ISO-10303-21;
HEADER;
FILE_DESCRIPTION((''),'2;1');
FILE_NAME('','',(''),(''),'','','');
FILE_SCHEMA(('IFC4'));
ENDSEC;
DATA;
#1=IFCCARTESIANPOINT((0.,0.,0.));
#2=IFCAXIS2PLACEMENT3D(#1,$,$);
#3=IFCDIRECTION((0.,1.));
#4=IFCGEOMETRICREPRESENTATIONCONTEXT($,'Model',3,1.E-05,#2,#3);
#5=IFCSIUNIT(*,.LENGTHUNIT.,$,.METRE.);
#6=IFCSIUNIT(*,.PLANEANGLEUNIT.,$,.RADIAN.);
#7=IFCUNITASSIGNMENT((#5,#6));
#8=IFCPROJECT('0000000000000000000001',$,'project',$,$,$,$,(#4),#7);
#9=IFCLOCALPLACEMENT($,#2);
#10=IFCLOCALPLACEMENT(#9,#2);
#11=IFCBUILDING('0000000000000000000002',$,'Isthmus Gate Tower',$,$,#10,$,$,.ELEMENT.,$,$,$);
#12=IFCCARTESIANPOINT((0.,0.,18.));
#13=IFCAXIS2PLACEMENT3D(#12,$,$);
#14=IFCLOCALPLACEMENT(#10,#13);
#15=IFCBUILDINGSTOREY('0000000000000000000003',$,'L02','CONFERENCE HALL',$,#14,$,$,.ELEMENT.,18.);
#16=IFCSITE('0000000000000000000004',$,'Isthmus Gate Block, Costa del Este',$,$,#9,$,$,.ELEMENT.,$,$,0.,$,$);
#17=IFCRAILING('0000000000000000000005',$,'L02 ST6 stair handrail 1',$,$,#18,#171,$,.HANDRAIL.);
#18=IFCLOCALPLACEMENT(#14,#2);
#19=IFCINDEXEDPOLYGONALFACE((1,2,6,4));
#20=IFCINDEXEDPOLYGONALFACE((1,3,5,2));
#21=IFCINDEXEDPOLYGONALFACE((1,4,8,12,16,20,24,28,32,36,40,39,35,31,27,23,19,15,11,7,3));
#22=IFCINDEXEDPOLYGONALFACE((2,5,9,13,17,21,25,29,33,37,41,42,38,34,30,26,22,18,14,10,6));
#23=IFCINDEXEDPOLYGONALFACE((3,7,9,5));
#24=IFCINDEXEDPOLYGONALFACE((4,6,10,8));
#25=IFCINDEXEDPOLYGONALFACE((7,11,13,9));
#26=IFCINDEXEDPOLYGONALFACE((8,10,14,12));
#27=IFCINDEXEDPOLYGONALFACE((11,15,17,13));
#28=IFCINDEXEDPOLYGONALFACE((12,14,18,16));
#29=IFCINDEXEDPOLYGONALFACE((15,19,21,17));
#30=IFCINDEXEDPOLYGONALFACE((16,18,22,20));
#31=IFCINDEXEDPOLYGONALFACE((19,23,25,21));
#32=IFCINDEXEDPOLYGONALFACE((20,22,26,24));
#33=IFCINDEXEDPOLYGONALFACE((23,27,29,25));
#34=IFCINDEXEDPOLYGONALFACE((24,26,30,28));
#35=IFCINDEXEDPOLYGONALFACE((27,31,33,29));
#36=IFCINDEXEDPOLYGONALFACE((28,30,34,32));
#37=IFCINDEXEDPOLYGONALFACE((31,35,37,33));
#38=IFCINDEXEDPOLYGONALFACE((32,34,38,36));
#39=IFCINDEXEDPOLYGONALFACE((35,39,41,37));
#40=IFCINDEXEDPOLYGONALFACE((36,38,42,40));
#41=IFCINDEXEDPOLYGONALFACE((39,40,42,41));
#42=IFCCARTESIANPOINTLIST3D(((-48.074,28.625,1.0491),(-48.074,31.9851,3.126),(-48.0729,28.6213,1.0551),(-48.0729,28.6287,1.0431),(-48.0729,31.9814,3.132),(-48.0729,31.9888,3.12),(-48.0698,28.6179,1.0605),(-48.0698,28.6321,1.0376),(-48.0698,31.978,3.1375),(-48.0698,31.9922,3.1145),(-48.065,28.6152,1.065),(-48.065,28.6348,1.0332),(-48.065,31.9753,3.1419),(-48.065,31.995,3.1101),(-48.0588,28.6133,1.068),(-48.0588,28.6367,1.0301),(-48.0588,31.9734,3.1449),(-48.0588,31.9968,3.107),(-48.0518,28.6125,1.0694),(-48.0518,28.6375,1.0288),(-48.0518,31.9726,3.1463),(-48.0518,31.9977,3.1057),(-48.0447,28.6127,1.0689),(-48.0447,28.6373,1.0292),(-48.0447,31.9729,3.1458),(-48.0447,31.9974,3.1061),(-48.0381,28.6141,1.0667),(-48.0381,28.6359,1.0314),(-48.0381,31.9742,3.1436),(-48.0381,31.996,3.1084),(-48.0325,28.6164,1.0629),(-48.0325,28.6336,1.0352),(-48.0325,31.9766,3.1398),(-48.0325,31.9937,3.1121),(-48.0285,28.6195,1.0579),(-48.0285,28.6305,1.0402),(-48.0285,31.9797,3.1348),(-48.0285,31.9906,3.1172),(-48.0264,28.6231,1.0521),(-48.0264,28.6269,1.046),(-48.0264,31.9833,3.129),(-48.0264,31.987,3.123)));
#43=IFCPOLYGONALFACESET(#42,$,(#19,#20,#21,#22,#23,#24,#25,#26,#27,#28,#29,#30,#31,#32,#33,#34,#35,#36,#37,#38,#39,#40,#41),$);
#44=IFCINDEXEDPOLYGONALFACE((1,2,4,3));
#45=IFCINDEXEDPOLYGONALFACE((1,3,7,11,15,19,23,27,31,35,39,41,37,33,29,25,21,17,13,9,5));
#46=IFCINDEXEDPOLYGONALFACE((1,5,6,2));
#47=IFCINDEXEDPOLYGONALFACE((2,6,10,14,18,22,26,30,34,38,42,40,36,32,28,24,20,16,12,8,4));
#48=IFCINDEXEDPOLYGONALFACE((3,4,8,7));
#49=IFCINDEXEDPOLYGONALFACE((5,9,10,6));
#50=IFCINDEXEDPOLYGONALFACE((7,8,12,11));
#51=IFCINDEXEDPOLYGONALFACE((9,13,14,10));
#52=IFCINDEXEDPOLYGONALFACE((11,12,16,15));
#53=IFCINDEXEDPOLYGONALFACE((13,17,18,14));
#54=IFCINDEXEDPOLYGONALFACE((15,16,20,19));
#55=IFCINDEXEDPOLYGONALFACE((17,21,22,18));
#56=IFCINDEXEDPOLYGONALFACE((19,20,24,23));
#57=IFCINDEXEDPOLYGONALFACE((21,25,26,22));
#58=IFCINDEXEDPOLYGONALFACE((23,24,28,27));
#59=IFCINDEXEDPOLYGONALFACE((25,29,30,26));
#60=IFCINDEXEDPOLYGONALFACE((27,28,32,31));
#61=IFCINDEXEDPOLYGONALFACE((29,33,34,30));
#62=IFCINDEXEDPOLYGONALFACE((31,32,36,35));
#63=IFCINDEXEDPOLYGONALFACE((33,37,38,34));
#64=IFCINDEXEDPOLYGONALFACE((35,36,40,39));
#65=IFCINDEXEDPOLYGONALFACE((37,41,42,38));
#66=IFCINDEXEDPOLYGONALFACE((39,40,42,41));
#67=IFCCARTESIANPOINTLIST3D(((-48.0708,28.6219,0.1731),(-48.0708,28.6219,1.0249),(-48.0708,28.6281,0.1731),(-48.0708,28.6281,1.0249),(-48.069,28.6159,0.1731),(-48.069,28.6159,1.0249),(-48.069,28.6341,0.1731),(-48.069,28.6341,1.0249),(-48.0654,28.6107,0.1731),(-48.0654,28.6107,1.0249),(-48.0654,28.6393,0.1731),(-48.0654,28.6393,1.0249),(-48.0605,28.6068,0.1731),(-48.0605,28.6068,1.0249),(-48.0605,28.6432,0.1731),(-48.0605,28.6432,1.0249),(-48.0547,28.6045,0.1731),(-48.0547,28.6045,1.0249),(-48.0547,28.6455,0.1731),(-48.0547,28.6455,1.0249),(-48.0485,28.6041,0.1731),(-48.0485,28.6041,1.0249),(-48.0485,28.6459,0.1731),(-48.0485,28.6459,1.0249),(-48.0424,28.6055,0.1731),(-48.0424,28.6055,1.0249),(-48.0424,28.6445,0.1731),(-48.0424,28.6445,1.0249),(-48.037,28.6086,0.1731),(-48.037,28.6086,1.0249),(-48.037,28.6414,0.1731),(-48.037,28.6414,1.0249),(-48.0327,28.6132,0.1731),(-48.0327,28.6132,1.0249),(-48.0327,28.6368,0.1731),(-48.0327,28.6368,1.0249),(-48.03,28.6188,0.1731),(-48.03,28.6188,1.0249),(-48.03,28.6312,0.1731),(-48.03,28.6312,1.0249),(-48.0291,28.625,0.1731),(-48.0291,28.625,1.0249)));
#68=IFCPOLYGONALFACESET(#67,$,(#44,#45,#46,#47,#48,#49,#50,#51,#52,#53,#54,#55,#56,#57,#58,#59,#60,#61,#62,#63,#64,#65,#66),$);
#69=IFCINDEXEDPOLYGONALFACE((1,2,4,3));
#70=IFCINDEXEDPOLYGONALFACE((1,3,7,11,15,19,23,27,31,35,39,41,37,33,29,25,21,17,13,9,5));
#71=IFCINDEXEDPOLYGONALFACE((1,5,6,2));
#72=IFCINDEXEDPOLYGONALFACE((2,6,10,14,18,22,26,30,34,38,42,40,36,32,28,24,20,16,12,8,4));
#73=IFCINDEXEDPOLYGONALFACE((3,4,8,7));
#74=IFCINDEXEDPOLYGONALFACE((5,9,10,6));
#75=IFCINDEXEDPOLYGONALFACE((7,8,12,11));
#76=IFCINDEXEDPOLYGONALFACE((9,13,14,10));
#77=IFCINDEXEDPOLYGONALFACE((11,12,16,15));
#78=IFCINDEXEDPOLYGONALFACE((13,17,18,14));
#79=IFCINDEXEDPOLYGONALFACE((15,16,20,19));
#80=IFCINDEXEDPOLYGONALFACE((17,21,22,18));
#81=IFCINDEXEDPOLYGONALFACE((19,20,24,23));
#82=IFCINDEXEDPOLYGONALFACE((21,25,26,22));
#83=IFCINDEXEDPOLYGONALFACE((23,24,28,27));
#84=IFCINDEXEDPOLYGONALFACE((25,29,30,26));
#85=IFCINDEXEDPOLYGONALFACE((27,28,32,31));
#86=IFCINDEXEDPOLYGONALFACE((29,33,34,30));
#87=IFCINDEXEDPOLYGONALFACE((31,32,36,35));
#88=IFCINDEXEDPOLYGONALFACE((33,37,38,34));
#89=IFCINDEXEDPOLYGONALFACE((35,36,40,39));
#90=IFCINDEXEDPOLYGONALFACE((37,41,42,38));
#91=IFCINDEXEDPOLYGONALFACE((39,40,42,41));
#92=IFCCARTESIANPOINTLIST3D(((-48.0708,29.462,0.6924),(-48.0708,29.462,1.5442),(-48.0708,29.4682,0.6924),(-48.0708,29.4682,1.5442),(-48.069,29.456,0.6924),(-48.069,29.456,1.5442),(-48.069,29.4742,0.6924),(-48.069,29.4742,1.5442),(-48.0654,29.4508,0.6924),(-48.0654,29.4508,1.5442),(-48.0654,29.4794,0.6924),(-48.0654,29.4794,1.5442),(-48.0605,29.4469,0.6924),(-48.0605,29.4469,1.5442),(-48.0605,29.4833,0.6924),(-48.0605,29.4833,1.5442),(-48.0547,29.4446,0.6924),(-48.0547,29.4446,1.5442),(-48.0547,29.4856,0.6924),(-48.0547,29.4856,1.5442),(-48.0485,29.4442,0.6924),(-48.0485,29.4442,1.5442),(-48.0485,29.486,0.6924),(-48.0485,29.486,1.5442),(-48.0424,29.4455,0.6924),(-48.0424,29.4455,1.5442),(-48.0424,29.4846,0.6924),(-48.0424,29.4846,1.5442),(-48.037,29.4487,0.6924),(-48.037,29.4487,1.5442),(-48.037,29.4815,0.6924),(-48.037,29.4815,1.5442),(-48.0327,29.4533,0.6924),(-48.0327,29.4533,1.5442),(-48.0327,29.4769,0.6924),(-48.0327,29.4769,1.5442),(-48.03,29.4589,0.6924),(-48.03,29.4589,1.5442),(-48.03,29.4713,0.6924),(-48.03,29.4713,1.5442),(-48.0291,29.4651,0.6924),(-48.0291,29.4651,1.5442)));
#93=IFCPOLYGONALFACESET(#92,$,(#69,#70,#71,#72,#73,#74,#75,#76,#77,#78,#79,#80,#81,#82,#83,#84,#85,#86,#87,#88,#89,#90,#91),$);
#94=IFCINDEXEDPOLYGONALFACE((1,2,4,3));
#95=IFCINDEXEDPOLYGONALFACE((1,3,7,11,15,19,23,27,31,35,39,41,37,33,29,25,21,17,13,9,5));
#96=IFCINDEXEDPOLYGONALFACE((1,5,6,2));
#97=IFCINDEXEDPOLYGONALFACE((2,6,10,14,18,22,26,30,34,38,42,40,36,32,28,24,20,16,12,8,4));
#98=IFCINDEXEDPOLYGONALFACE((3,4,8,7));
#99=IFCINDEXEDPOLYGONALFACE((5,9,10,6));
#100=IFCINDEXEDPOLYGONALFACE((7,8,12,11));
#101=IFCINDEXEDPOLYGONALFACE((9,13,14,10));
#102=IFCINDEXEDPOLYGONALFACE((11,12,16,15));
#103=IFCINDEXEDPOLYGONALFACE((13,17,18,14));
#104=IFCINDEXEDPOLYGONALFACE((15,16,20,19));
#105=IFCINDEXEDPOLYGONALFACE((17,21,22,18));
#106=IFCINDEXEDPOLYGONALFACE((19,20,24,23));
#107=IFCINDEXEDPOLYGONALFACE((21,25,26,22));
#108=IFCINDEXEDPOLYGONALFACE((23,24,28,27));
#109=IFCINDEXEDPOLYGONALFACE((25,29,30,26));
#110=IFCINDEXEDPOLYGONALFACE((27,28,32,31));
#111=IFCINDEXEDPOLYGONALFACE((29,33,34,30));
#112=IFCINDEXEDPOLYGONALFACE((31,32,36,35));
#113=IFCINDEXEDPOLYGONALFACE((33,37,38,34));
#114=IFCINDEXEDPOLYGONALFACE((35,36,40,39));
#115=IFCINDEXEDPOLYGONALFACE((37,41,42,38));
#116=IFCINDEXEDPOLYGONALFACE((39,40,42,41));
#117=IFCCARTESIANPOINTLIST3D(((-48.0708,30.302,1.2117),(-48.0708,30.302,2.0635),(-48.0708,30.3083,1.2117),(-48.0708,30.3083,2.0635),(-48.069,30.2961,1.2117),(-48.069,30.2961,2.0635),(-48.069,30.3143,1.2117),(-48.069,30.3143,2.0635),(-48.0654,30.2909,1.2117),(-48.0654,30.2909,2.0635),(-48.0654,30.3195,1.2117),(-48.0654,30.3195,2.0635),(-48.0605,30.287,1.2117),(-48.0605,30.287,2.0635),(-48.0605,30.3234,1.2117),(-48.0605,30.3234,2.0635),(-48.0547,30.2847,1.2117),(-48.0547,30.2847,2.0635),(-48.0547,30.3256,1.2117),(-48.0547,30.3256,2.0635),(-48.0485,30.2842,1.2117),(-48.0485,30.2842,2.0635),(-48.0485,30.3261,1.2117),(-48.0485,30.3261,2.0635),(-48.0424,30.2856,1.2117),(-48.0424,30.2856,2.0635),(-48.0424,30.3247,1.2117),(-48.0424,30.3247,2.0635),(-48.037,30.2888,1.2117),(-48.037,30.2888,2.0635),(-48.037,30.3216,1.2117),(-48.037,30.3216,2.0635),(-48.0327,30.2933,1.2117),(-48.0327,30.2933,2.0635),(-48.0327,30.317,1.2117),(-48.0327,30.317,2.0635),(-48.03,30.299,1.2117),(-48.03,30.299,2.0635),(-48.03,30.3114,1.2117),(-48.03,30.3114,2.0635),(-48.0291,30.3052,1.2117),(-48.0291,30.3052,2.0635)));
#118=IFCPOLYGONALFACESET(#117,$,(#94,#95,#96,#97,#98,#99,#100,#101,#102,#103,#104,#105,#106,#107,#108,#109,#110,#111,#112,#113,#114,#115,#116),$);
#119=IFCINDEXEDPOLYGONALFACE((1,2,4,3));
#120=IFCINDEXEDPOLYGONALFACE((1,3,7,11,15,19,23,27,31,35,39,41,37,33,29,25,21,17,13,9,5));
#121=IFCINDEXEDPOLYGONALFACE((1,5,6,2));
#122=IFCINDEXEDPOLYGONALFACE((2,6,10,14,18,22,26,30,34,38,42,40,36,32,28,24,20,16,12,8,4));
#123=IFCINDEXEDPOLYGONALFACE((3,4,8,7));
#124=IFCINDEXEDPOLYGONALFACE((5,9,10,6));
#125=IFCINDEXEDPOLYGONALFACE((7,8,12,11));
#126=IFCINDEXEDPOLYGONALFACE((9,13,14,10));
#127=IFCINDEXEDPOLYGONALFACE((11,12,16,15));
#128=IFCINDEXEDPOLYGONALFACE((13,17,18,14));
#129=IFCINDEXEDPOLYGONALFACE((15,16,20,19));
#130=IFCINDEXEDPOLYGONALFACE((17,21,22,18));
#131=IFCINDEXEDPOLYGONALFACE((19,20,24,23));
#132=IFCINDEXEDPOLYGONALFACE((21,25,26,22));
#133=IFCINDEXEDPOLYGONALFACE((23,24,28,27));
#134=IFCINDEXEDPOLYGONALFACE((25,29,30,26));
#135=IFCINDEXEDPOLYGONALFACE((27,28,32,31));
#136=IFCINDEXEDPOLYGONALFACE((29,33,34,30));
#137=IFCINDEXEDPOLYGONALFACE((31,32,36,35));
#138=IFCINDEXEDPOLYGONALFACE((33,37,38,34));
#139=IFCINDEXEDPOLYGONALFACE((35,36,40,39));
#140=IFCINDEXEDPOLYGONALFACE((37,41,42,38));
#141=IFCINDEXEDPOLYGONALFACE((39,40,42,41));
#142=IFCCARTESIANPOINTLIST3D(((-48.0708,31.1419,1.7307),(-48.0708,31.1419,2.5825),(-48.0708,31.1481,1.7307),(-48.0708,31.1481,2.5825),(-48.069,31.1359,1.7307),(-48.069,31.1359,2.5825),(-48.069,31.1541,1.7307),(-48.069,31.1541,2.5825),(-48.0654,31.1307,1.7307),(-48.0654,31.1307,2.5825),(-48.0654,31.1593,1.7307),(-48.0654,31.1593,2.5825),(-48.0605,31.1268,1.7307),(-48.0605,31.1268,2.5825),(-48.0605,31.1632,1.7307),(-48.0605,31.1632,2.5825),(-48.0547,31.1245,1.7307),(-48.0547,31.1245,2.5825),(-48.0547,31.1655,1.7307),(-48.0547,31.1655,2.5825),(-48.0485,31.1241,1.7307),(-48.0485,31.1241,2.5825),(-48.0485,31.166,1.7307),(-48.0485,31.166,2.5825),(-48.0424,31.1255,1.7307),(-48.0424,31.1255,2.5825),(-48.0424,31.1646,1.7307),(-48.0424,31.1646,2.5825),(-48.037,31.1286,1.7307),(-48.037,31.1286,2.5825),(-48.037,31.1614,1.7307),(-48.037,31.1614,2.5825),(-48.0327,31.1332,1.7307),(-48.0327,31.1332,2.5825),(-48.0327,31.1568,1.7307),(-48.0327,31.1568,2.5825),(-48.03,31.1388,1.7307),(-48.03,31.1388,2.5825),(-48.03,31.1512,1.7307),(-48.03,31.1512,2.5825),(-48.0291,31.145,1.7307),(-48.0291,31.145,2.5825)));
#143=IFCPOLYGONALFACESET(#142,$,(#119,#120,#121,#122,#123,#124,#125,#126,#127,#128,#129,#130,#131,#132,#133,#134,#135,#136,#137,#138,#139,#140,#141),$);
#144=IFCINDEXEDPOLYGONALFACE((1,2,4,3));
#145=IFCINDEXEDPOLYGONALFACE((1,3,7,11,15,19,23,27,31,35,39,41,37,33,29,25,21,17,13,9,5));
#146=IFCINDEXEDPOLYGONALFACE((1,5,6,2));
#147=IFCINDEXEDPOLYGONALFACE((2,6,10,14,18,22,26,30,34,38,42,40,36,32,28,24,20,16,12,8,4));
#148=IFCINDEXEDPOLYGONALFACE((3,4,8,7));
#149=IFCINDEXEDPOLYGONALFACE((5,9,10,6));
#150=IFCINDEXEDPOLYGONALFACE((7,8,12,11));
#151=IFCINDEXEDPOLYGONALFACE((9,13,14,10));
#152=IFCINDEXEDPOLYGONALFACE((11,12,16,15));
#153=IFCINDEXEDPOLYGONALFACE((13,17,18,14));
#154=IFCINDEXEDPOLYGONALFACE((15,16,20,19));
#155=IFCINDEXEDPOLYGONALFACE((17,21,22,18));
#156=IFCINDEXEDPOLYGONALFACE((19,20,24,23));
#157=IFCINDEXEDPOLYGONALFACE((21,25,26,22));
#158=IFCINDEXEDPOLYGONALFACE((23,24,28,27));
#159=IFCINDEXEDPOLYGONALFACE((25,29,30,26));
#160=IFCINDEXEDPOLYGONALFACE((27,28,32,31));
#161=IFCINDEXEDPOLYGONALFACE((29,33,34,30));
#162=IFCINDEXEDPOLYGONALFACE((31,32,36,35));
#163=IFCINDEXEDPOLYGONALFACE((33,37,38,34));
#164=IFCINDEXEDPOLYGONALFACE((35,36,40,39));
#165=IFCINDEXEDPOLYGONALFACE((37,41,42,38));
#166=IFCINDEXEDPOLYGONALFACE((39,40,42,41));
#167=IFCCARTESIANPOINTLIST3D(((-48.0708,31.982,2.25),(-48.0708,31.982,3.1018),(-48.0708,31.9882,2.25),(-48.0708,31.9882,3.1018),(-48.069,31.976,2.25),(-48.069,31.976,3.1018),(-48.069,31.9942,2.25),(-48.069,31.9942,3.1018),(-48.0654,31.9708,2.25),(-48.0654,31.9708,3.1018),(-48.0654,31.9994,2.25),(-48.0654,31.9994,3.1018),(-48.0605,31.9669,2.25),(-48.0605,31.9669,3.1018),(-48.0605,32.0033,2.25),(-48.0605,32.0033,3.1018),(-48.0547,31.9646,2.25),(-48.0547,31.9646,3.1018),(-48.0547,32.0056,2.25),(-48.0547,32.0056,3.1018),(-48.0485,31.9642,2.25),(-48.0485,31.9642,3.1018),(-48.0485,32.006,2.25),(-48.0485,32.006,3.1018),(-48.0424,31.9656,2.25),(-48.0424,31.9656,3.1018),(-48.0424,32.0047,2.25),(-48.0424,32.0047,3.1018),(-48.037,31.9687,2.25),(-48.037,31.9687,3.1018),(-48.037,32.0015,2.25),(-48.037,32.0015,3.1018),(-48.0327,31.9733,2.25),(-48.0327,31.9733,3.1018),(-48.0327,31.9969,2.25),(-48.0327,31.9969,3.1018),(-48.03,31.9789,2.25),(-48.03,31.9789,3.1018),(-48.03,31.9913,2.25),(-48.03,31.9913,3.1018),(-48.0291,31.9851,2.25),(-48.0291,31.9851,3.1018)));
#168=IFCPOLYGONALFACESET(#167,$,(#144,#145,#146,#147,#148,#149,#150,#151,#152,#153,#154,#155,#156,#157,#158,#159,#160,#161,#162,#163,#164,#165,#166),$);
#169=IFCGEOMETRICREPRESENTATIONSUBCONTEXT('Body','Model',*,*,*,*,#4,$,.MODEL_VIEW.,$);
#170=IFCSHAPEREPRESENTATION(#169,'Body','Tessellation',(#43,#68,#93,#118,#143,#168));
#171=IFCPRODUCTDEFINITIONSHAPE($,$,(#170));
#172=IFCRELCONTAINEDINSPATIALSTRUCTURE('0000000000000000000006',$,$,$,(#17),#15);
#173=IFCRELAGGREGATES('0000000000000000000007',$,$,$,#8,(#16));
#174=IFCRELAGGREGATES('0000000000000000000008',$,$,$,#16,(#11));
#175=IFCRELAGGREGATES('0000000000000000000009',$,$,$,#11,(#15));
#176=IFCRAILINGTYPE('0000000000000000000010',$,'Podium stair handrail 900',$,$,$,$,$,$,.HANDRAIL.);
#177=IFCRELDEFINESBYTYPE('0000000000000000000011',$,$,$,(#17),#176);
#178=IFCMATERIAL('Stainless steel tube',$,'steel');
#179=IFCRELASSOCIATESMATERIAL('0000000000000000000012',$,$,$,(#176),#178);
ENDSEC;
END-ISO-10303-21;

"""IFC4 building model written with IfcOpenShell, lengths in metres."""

from ifc_helpers import new_model, si_unit, direction, frame, origin, origin_2d, place, context, subcontext, project, spatial, circle, extrude, material, type_object, element, save


model = new_model("IFC4")

# Units and contexts
model_context = context("Model", 3, precision=1e-05, world=origin(), true_north=direction((0.0, 1.0)))
body_context = subcontext(model_context, "Body", "Model", "MODEL_VIEW")
ifc_project = project(units=[si_unit("LENGTHUNIT", "METRE"), si_unit("PLANEANGLEUNIT", "RADIAN")], contexts=[model_context])

# Site, building, storey
site_placement = place(None, origin())
site = spatial("IfcSite", under=ifc_project, at=site_placement, Name="Isthmus Gate Block, Costa del Este", CompositionType="ELEMENT", RefElevation=0.0)
building_placement = place(site_placement, origin())
building = spatial("IfcBuilding", under=site, at=building_placement, Name="Isthmus Gate Tower", CompositionType="ELEMENT")
storey_placement = place(building_placement, frame((0.0, 0.0, 18.0)))
storey = spatial("IfcBuildingStorey", under=building, at=storey_placement, Name="L02", Description="CONFERENCE HALL", CompositionType="ELEMENT", Elevation=18.0)

# Railing
ifc_material_1 = material(Name="Stainless steel tube", Category="steel")
railing_type_1 = type_object("IfcRailingType", Name="Podium stair handrail 900", PredefinedType="HANDRAIL", material=ifc_material_1)
railing_1_placement = place(storey_placement, frame((-48.05, 28.625, 0.1731)))
element("IfcRailing", 1, at=railing_1_placement, inside=storey, type_object=railing_type_1, Name="L02 ST6 stair handrail 1", PredefinedType="HANDRAIL", context=body_context, shape_type="SweptSolid", body=[
    extrude(circle(Radius=0.0239, at=origin_2d()), frame((0.0, 0.0, 0.876), z_axis=(0.0, 0.850623, 0.525776), x_axis=(-1.0, 0.0, 0.0)), (0.0, 0.0, 1.0), 3.9502),
    extrude(circle(Radius=0.021, at=origin_2d()), origin(), (0.0, 0.0, 1.0), 0.8518),
    extrude(circle(Radius=0.021, at=origin_2d()), frame((0.0, 0.8401, 0.5193)), (0.0, 0.0, 1.0), 0.8518),
    extrude(circle(Radius=0.021, at=origin_2d()), frame((0.0, 1.6802, 1.0386)), (0.0, 0.0, 1.0), 0.8518),
    extrude(circle(Radius=0.021, at=origin_2d()), frame((0.0, 2.52, 1.5576)), (0.0, 0.0, 1.0), 0.8518),
    extrude(circle(Radius=0.021, at=origin_2d()), frame((0.0, 3.3601, 2.0769)), (0.0, 0.0, 1.0), 0.8518),
])

save(model, "model.ifc")
